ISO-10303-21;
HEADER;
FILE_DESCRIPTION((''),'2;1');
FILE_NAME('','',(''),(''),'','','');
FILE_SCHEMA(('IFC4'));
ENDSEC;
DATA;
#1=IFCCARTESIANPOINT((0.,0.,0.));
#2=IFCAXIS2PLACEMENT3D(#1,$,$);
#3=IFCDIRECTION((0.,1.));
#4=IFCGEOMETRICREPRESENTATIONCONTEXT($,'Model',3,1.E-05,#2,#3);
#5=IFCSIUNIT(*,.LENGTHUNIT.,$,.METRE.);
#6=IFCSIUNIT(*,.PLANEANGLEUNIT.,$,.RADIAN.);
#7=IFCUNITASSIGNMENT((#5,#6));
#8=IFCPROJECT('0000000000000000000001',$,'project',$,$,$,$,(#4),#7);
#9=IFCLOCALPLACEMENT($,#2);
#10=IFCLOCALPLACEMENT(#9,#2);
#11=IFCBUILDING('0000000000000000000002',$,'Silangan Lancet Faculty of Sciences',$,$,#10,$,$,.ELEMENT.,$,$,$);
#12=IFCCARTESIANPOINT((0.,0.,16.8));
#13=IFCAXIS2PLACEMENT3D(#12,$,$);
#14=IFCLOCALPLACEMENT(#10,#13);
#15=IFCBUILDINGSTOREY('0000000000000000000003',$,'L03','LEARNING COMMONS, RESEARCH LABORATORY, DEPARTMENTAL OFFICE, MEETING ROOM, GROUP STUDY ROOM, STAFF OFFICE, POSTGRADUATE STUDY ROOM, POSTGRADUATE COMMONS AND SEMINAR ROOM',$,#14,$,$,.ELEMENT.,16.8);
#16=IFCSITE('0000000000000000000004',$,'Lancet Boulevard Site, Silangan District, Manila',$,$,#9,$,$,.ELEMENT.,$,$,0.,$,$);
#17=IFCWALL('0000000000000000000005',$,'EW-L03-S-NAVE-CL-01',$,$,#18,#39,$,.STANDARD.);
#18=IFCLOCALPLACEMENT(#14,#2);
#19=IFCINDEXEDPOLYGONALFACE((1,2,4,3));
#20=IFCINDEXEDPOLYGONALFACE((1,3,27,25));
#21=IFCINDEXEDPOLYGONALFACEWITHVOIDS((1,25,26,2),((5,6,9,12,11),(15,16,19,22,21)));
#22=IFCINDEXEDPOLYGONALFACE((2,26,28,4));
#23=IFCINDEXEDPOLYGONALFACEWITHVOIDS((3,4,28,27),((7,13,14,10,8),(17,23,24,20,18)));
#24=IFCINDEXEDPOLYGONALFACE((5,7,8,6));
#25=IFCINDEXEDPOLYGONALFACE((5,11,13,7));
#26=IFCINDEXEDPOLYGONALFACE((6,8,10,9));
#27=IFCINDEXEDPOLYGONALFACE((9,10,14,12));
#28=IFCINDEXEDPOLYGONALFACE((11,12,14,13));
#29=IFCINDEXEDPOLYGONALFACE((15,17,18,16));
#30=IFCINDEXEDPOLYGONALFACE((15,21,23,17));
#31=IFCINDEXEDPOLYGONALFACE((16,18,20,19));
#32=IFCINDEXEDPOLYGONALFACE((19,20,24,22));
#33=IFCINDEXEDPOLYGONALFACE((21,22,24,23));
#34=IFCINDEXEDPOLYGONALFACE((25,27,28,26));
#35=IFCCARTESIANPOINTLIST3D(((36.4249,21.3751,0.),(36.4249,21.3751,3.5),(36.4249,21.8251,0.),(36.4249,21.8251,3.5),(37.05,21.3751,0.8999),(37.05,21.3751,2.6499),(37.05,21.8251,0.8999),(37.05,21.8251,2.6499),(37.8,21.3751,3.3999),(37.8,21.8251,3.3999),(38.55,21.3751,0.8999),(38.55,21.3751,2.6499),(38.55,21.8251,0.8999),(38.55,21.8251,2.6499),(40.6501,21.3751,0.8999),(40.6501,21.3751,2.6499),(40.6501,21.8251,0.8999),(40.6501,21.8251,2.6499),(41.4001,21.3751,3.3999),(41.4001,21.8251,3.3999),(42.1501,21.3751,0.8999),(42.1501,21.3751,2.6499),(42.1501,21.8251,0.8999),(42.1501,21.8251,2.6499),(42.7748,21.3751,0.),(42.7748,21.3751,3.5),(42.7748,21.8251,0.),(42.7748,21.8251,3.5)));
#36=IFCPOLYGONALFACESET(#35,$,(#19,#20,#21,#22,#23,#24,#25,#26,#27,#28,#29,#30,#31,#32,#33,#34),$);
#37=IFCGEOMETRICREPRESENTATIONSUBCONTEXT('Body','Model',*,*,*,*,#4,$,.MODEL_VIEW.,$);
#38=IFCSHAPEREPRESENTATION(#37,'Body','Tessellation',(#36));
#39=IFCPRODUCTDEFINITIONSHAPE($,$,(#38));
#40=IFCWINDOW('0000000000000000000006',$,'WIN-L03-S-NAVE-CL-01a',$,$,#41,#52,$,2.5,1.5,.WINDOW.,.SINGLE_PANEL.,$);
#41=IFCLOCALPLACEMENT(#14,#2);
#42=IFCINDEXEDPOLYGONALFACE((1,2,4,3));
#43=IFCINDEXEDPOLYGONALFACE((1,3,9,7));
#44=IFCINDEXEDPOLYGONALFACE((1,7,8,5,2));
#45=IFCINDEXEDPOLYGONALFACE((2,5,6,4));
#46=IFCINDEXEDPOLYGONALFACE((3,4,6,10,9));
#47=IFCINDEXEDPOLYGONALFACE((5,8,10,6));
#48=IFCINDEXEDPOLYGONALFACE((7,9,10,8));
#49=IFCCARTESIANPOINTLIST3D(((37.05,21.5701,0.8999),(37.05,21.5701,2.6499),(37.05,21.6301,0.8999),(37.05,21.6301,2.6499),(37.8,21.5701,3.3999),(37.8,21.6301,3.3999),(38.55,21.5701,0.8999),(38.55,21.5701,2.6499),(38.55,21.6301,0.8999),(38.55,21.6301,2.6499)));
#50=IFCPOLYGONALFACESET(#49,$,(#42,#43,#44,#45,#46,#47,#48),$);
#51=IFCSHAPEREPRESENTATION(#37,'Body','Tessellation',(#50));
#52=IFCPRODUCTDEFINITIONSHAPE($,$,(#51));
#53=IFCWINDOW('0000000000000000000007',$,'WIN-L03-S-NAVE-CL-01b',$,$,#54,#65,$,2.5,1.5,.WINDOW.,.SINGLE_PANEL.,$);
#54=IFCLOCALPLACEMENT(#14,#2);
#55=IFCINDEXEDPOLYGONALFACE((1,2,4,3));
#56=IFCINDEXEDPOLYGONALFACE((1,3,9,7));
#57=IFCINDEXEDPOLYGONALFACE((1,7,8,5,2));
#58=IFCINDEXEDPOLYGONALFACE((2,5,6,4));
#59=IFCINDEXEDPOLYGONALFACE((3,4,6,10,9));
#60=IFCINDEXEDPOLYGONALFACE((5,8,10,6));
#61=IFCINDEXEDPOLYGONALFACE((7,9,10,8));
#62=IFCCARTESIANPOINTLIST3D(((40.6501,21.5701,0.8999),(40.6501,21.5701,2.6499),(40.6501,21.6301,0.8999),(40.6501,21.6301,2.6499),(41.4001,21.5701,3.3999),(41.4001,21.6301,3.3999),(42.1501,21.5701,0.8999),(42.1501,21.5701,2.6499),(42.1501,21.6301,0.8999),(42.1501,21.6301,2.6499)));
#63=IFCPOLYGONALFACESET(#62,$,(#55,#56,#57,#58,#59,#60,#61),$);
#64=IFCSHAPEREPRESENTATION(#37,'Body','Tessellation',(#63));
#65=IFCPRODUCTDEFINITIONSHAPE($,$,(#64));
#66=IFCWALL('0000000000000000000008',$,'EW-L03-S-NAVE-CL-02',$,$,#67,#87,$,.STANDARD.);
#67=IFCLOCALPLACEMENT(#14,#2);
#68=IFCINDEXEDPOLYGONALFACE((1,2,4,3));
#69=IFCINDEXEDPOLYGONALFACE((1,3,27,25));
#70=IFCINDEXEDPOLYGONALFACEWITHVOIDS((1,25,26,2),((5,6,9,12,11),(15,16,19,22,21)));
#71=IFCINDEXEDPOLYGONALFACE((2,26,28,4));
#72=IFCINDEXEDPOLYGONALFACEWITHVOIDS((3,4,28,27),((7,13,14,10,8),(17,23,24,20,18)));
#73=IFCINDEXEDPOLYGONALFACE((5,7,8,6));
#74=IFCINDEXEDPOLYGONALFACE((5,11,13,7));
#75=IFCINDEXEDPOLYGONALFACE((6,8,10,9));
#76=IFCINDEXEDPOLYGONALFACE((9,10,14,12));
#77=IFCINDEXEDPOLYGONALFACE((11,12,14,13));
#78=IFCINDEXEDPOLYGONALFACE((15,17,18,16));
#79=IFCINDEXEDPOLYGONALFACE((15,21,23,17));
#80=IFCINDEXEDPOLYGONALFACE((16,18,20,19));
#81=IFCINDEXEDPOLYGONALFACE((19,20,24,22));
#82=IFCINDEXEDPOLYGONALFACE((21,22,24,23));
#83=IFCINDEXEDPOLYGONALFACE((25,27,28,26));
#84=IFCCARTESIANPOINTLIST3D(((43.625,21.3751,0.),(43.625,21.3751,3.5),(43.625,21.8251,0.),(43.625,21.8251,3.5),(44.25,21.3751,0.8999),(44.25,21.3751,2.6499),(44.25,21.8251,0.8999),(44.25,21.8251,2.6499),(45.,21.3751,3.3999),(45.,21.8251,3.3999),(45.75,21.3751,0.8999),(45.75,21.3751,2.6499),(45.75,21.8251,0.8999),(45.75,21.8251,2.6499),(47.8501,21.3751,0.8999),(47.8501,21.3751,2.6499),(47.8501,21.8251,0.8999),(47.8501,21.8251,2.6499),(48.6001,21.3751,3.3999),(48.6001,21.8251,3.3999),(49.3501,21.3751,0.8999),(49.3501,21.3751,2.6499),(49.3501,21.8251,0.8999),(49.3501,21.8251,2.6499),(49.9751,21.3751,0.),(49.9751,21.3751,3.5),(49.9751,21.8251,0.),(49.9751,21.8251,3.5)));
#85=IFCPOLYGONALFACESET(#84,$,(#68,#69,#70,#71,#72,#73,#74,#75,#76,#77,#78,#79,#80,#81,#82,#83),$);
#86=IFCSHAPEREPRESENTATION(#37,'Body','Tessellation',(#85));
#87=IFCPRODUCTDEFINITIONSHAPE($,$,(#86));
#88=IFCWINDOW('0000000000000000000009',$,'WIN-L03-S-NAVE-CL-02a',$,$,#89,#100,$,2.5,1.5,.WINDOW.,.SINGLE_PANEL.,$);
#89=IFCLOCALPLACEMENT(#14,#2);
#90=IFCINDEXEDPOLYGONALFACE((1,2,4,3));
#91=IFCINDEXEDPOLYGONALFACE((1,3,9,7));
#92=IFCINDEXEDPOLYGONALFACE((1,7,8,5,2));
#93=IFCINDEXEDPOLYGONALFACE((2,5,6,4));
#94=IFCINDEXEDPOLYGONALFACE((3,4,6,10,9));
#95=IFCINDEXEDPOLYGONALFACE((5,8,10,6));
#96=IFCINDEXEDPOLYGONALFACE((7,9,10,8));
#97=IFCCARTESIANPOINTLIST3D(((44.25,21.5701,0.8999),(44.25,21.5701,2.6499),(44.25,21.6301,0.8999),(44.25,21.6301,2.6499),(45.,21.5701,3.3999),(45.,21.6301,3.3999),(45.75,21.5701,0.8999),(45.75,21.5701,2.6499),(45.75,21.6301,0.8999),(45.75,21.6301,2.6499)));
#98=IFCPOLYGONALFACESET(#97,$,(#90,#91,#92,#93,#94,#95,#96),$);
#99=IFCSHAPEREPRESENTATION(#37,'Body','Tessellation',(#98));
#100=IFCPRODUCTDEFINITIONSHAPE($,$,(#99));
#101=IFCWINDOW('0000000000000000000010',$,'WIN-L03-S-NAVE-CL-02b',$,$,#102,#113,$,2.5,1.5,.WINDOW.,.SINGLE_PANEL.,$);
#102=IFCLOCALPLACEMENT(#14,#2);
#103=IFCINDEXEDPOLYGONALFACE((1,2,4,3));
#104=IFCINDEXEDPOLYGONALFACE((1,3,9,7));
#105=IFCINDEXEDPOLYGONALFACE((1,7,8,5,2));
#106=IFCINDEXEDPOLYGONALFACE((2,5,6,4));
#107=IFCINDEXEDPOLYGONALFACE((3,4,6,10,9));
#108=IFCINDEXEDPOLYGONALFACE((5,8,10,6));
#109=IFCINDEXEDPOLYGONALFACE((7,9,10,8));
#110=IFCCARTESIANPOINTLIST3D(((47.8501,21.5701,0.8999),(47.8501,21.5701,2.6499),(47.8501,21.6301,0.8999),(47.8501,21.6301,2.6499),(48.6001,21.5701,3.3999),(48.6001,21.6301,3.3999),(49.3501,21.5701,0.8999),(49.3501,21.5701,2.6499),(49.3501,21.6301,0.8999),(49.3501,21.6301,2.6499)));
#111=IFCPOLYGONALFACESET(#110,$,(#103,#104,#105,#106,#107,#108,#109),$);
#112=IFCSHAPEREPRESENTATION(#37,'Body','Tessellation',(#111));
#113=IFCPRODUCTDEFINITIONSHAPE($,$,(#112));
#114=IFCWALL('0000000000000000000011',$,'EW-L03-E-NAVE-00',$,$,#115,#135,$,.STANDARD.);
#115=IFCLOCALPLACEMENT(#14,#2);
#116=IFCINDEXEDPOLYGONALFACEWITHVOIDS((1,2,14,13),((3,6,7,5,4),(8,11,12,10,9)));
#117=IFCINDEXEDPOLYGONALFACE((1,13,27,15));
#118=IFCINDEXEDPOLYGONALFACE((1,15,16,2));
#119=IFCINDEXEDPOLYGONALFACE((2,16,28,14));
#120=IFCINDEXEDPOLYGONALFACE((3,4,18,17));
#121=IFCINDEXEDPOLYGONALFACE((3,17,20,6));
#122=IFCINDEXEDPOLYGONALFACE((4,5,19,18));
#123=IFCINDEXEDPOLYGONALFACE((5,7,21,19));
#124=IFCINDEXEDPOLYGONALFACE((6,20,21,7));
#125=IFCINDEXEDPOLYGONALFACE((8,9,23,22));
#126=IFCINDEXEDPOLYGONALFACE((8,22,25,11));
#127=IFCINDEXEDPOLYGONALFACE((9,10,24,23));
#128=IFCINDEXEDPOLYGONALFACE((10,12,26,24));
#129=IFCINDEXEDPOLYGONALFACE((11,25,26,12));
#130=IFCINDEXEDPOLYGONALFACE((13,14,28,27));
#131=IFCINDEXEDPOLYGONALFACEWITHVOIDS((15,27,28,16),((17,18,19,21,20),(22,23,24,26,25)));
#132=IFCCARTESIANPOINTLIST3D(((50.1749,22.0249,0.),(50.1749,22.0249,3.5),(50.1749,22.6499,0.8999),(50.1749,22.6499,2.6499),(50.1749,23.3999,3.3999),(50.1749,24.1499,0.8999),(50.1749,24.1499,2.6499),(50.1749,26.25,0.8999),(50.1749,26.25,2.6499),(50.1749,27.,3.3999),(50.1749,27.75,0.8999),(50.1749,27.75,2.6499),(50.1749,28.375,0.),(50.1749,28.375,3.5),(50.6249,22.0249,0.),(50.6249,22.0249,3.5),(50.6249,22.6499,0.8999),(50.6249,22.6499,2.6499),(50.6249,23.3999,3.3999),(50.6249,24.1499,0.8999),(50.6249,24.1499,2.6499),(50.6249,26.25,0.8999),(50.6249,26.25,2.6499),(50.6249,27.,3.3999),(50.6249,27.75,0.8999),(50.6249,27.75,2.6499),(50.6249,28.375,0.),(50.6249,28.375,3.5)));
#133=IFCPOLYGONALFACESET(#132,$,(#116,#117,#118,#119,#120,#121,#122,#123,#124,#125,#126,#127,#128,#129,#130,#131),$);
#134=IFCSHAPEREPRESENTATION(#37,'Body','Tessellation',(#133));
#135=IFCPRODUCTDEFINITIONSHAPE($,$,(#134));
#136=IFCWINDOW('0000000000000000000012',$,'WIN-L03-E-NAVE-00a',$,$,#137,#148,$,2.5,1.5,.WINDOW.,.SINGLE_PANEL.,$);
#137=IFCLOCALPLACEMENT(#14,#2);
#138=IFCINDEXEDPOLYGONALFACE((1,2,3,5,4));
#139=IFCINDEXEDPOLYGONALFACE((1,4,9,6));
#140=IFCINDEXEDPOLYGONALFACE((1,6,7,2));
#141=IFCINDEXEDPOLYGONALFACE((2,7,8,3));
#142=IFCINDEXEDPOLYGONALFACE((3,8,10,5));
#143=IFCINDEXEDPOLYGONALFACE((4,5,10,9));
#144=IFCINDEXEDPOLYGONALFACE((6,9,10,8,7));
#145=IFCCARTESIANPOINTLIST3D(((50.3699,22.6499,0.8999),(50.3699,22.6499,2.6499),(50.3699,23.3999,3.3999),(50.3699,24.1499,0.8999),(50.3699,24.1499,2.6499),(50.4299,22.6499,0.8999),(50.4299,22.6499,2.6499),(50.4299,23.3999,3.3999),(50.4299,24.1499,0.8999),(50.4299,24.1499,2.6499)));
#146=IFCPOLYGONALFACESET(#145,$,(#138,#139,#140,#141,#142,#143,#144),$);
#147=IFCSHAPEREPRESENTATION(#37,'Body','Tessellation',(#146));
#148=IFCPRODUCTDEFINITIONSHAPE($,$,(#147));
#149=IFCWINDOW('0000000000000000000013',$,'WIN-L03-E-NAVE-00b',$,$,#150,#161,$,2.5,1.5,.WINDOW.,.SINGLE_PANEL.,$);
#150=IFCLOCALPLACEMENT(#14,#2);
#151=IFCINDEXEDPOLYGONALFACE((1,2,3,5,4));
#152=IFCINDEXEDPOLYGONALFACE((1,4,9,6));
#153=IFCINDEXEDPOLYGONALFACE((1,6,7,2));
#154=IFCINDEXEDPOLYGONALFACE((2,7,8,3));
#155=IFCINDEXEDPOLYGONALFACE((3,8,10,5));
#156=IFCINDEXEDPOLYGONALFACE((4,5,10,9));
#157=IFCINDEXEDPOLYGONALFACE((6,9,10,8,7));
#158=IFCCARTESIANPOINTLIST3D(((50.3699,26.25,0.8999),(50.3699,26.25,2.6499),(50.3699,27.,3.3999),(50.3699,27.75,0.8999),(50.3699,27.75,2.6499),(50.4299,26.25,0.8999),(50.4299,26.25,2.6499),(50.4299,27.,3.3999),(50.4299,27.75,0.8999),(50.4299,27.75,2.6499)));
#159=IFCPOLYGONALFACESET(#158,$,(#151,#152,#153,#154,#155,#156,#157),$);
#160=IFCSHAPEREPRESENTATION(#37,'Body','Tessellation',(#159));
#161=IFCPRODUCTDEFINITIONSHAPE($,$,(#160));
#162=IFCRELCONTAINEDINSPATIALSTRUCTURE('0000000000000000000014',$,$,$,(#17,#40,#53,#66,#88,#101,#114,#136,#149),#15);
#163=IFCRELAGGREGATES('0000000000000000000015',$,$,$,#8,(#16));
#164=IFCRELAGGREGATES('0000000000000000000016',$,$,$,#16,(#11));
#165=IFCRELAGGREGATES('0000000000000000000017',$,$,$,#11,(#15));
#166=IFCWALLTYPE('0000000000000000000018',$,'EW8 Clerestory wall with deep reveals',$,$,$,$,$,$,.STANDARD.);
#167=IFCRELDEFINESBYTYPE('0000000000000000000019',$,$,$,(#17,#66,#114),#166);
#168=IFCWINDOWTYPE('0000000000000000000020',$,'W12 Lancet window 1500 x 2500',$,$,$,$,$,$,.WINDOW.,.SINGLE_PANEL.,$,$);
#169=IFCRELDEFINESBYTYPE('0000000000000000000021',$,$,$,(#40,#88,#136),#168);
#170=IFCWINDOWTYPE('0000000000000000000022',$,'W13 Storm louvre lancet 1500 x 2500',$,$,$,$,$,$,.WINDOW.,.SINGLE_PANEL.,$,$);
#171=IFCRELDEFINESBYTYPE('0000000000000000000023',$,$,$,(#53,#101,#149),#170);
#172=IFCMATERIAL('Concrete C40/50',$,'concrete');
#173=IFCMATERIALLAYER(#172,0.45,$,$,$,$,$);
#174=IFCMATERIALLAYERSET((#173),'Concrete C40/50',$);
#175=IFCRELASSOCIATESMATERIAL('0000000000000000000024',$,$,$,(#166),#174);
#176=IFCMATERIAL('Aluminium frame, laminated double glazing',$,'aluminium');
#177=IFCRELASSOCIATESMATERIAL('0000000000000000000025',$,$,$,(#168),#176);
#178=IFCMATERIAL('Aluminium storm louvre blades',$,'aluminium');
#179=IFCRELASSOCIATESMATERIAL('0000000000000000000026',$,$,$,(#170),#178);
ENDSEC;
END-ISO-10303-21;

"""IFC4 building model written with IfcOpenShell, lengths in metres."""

from ifc_helpers import new_model, si_unit, direction, frame, frame_2d, origin, place, context, subcontext, project, spatial, polyline, rectangle, outline, extrude, material, layer, layer_set, type_object, element, fill, save


model = new_model("IFC4")

# Units and contexts
model_context = context("Model", 3, precision=1e-05, world=origin(), true_north=direction((0.0, 1.0)))
body_context = subcontext(model_context, "Body", "Model", "MODEL_VIEW")
ifc_project = project(units=[si_unit("LENGTHUNIT", "METRE"), si_unit("PLANEANGLEUNIT", "RADIAN")], contexts=[model_context])

# Site, building, storey
site_placement = place(None, origin())
site = spatial("IfcSite", under=ifc_project, at=site_placement, Name="Lancet Boulevard Site, Silangan District, Manila", CompositionType="ELEMENT", RefElevation=0.0)
building_placement = place(site_placement, origin())
building = spatial("IfcBuilding", under=site, at=building_placement, Name="Silangan Lancet Faculty of Sciences", CompositionType="ELEMENT")
storey_placement = place(building_placement, frame((0.0, 0.0, 16.8)))
storey = spatial("IfcBuildingStorey", under=building, at=storey_placement, Name="L03", Description="LEARNING COMMONS, RESEARCH LABORATORY, DEPARTMENTAL OFFICE, MEETING ROOM, GROUP STUDY ROOM, STAFF OFFICE, POSTGRADUATE STUDY ROOM, POSTGRADUATE COMMONS AND SEMINAR ROOM", CompositionType="ELEMENT", Elevation=16.8)

# Walls, openings, windows
ifc_material_1 = material(Name="Concrete C40/50", Category="concrete")
ifc_layer_1 = layer(ifc_material_1, 0.45)
ifc_layer_set_1 = layer_set([ifc_layer_1], Name="Concrete C40/50")
wall_type_1 = type_object("IfcWallType", Name="EW8 Clerestory wall with deep reveals", PredefinedType="STANDARD", material=ifc_layer_set_1)
wall_1_placement = place(storey_placement, frame((36.425, 21.6001, 0.0), z_axis=(0.0, 0.0, 1.0), x_axis=(1.0, 0.0, 0.0)))
wall_1 = element("IfcWall", 1, at=wall_1_placement, inside=storey, type_object=wall_type_1, Name="EW-L03-S-NAVE-CL-01", PredefinedType="STANDARD", context=body_context, shape_type="SweptSolid", body=[
    extrude(rectangle(XDim=6.3499, YDim=0.45, at=frame_2d((3.1748, 0.0))), origin(), (0.0, 0.0, 1.0), 3.5),
])
opening_1_placement = place(wall_1_placement, frame((0.625, 0.0, 0.8999)))
opening_1 = element("IfcOpeningElement", 2, at=opening_1_placement, cuts=wall_1, PredefinedType="OPENING", context=body_context, shape_type="SweptSolid", body=[
    extrude(outline(polyline([(0.0, 0.0), (1.5, 0.0), (1.5, 1.75), (0.75, 2.5), (0.0, 1.75), (0.0, 0.0)])), frame((0.0, 0.2349, 0.0), z_axis=(0.0, -1.0, 0.0), x_axis=(1.0, 0.0, 0.0)), (0.0, 0.0, 1.0), 0.47),
])
opening_2_placement = place(wall_1_placement, frame((4.2251, 0.0, 0.8999)))
opening_2 = element("IfcOpeningElement", 3, at=opening_2_placement, cuts=wall_1, PredefinedType="OPENING", context=body_context, shape_type="SweptSolid", body=[
    extrude(outline(polyline([(0.0, 0.0), (1.5, 0.0), (1.5, 1.75), (0.75, 2.5), (0.0, 1.75), (0.0, 0.0)])), frame((0.0, 0.2349, 0.0), z_axis=(0.0, -1.0, 0.0), x_axis=(1.0, 0.0, 0.0)), (0.0, 0.0, 1.0), 0.47),
])
ifc_material_2 = material(Name="Aluminium frame, laminated double glazing", Category="aluminium")
window_type_1 = type_object("IfcWindowType", Name="W12 Lancet window 1500 x 2500", PartitioningType="SINGLE_PANEL", PredefinedType="WINDOW", material=ifc_material_2)
window_1_placement = place(opening_1_placement, origin())
window_1 = element("IfcWindow", 4, at=window_1_placement, inside=storey, type_object=window_type_1, Name="WIN-L03-S-NAVE-CL-01a", OverallHeight=2.5, OverallWidth=1.5, PartitioningType="SINGLE_PANEL", PredefinedType="WINDOW", context=body_context, shape_type="SweptSolid", body=[
    extrude(outline(polyline([(0.0, 0.0), (1.5, 0.0), (1.5, 1.75), (0.75, 2.5), (0.0, 1.75), (0.0, 0.0)])), frame((0.0, 0.03, 0.0), z_axis=(0.0, -1.0, 0.0), x_axis=(1.0, 0.0, 0.0)), (0.0, 0.0, 1.0), 0.0601),
])
fill(opening_1, window_1)
ifc_material_3 = material(Name="Aluminium storm louvre blades", Category="aluminium")
window_type_2 = type_object("IfcWindowType", Name="W13 Storm louvre lancet 1500 x 2500", PartitioningType="SINGLE_PANEL", PredefinedType="WINDOW", material=ifc_material_3)
window_2_placement = place(opening_2_placement, origin())
window_2 = element("IfcWindow", 5, at=window_2_placement, inside=storey, type_object=window_type_2, Name="WIN-L03-S-NAVE-CL-01b", OverallHeight=2.5, OverallWidth=1.5, PartitioningType="SINGLE_PANEL", PredefinedType="WINDOW", context=body_context, shape_type="SweptSolid", body=[
    extrude(outline(polyline([(0.0, 0.0), (1.5, 0.0), (1.5, 1.75), (0.75, 2.5), (0.0, 1.75), (0.0, 0.0)])), frame((0.0, 0.03, 0.0), z_axis=(0.0, -1.0, 0.0), x_axis=(1.0, 0.0, 0.0)), (0.0, 0.0, 1.0), 0.0601),
])
fill(opening_2, window_2)
wall_2_placement = place(storey_placement, frame((43.625, 21.6001, 0.0), z_axis=(0.0, 0.0, 1.0), x_axis=(1.0, 0.0, 0.0)))
wall_2 = element("IfcWall", 6, at=wall_2_placement, inside=storey, type_object=wall_type_1, Name="EW-L03-S-NAVE-CL-02", PredefinedType="STANDARD", context=body_context, shape_type="SweptSolid", body=[
    extrude(rectangle(XDim=6.3501, YDim=0.45, at=frame_2d((3.175, 0.0))), origin(), (0.0, 0.0, 1.0), 3.5),
])
opening_3_placement = place(wall_2_placement, frame((0.625, 0.0, 0.8999)))
opening_3 = element("IfcOpeningElement", 7, at=opening_3_placement, cuts=wall_2, PredefinedType="OPENING", context=body_context, shape_type="SweptSolid", body=[
    extrude(outline(polyline([(0.0, 0.0), (1.5, 0.0), (1.5, 1.75), (0.75, 2.5), (0.0, 1.75), (0.0, 0.0)])), frame((0.0, 0.2349, 0.0), z_axis=(0.0, -1.0, 0.0), x_axis=(1.0, 0.0, 0.0)), (0.0, 0.0, 1.0), 0.47),
])
opening_4_placement = place(wall_2_placement, frame((4.2251, 0.0, 0.8999)))
opening_4 = element("IfcOpeningElement", 8, at=opening_4_placement, cuts=wall_2, PredefinedType="OPENING", context=body_context, shape_type="SweptSolid", body=[
    extrude(outline(polyline([(0.0, 0.0), (1.5, 0.0), (1.5, 1.75), (0.75, 2.5), (0.0, 1.75), (0.0, 0.0)])), frame((0.0, 0.2349, 0.0), z_axis=(0.0, -1.0, 0.0), x_axis=(1.0, 0.0, 0.0)), (0.0, 0.0, 1.0), 0.47),
])
window_3_placement = place(opening_3_placement, origin())
window_3 = element("IfcWindow", 9, at=window_3_placement, inside=storey, type_object=window_type_1, Name="WIN-L03-S-NAVE-CL-02a", OverallHeight=2.5, OverallWidth=1.5, PartitioningType="SINGLE_PANEL", PredefinedType="WINDOW", context=body_context, shape_type="SweptSolid", body=[
    extrude(outline(polyline([(0.0, 0.0), (1.5, 0.0), (1.5, 1.75), (0.75, 2.5), (0.0, 1.75), (0.0, 0.0)])), frame((0.0, 0.03, 0.0), z_axis=(0.0, -1.0, 0.0), x_axis=(1.0, 0.0, 0.0)), (0.0, 0.0, 1.0), 0.0601),
])
fill(opening_3, window_3)
window_4_placement = place(opening_4_placement, origin())
window_4 = element("IfcWindow", 10, at=window_4_placement, inside=storey, type_object=window_type_2, Name="WIN-L03-S-NAVE-CL-02b", OverallHeight=2.5, OverallWidth=1.5, PartitioningType="SINGLE_PANEL", PredefinedType="WINDOW", context=body_context, shape_type="SweptSolid", body=[
    extrude(outline(polyline([(0.0, 0.0), (1.5, 0.0), (1.5, 1.75), (0.75, 2.5), (0.0, 1.75), (0.0, 0.0)])), frame((0.0, 0.03, 0.0), z_axis=(0.0, -1.0, 0.0), x_axis=(1.0, 0.0, 0.0)), (0.0, 0.0, 1.0), 0.0601),
])
fill(opening_4, window_4)
wall_3_placement = place(storey_placement, frame((50.3999, 22.0249, 0.0), z_axis=(0.0, 0.0, 1.0), x_axis=(0.0, 1.0, 0.0)))
wall_3 = element("IfcWall", 11, at=wall_3_placement, inside=storey, type_object=wall_type_1, Name="EW-L03-E-NAVE-00", PredefinedType="STANDARD", context=body_context, shape_type="SweptSolid", body=[
    extrude(rectangle(XDim=6.3501, YDim=0.45, at=frame_2d((3.175, 0.0))), origin(), (0.0, 0.0, 1.0), 3.5),
])
opening_5_placement = place(wall_3_placement, frame((0.625, 0.0, 0.8999)))
opening_5 = element("IfcOpeningElement", 12, at=opening_5_placement, cuts=wall_3, PredefinedType="OPENING", context=body_context, shape_type="SweptSolid", body=[
    extrude(outline(polyline([(0.0, 0.0), (1.5, 0.0), (1.5, 1.75), (0.75, 2.5), (0.0, 1.75), (0.0, 0.0)])), frame((0.0, 0.2349, 0.0), z_axis=(0.0, -1.0, 0.0), x_axis=(1.0, 0.0, 0.0)), (0.0, 0.0, 1.0), 0.47),
])
opening_6_placement = place(wall_3_placement, frame((4.2251, 0.0, 0.8999)))
opening_6 = element("IfcOpeningElement", 13, at=opening_6_placement, cuts=wall_3, PredefinedType="OPENING", context=body_context, shape_type="SweptSolid", body=[
    extrude(outline(polyline([(0.0, 0.0), (1.5, 0.0), (1.5, 1.75), (0.75, 2.5), (0.0, 1.75), (0.0, 0.0)])), frame((0.0, 0.2349, 0.0), z_axis=(0.0, -1.0, 0.0), x_axis=(1.0, 0.0, 0.0)), (0.0, 0.0, 1.0), 0.47),
])
window_5_placement = place(opening_5_placement, origin())
window_5 = element("IfcWindow", 14, at=window_5_placement, inside=storey, type_object=window_type_1, Name="WIN-L03-E-NAVE-00a", OverallHeight=2.5, OverallWidth=1.5, PartitioningType="SINGLE_PANEL", PredefinedType="WINDOW", context=body_context, shape_type="SweptSolid", body=[
    extrude(outline(polyline([(0.0, 0.0), (1.5, 0.0), (1.5, 1.75), (0.75, 2.5), (0.0, 1.75), (0.0, 0.0)])), frame((0.0, 0.03, 0.0), z_axis=(0.0, -1.0, 0.0), x_axis=(1.0, 0.0, 0.0)), (0.0, 0.0, 1.0), 0.0601),
])
fill(opening_5, window_5)
window_6_placement = place(opening_6_placement, origin())
window_6 = element("IfcWindow", 15, at=window_6_placement, inside=storey, type_object=window_type_2, Name="WIN-L03-E-NAVE-00b", OverallHeight=2.5, OverallWidth=1.5, PartitioningType="SINGLE_PANEL", PredefinedType="WINDOW", context=body_context, shape_type="SweptSolid", body=[
    extrude(outline(polyline([(0.0, 0.0), (1.5, 0.0), (1.5, 1.75), (0.75, 2.5), (0.0, 1.75), (0.0, 0.0)])), frame((0.0, 0.03, 0.0), z_axis=(0.0, -1.0, 0.0), x_axis=(1.0, 0.0, 0.0)), (0.0, 0.0, 1.0), 0.0601),
])
fill(opening_6, window_6)

save(model, "model.ifc")
